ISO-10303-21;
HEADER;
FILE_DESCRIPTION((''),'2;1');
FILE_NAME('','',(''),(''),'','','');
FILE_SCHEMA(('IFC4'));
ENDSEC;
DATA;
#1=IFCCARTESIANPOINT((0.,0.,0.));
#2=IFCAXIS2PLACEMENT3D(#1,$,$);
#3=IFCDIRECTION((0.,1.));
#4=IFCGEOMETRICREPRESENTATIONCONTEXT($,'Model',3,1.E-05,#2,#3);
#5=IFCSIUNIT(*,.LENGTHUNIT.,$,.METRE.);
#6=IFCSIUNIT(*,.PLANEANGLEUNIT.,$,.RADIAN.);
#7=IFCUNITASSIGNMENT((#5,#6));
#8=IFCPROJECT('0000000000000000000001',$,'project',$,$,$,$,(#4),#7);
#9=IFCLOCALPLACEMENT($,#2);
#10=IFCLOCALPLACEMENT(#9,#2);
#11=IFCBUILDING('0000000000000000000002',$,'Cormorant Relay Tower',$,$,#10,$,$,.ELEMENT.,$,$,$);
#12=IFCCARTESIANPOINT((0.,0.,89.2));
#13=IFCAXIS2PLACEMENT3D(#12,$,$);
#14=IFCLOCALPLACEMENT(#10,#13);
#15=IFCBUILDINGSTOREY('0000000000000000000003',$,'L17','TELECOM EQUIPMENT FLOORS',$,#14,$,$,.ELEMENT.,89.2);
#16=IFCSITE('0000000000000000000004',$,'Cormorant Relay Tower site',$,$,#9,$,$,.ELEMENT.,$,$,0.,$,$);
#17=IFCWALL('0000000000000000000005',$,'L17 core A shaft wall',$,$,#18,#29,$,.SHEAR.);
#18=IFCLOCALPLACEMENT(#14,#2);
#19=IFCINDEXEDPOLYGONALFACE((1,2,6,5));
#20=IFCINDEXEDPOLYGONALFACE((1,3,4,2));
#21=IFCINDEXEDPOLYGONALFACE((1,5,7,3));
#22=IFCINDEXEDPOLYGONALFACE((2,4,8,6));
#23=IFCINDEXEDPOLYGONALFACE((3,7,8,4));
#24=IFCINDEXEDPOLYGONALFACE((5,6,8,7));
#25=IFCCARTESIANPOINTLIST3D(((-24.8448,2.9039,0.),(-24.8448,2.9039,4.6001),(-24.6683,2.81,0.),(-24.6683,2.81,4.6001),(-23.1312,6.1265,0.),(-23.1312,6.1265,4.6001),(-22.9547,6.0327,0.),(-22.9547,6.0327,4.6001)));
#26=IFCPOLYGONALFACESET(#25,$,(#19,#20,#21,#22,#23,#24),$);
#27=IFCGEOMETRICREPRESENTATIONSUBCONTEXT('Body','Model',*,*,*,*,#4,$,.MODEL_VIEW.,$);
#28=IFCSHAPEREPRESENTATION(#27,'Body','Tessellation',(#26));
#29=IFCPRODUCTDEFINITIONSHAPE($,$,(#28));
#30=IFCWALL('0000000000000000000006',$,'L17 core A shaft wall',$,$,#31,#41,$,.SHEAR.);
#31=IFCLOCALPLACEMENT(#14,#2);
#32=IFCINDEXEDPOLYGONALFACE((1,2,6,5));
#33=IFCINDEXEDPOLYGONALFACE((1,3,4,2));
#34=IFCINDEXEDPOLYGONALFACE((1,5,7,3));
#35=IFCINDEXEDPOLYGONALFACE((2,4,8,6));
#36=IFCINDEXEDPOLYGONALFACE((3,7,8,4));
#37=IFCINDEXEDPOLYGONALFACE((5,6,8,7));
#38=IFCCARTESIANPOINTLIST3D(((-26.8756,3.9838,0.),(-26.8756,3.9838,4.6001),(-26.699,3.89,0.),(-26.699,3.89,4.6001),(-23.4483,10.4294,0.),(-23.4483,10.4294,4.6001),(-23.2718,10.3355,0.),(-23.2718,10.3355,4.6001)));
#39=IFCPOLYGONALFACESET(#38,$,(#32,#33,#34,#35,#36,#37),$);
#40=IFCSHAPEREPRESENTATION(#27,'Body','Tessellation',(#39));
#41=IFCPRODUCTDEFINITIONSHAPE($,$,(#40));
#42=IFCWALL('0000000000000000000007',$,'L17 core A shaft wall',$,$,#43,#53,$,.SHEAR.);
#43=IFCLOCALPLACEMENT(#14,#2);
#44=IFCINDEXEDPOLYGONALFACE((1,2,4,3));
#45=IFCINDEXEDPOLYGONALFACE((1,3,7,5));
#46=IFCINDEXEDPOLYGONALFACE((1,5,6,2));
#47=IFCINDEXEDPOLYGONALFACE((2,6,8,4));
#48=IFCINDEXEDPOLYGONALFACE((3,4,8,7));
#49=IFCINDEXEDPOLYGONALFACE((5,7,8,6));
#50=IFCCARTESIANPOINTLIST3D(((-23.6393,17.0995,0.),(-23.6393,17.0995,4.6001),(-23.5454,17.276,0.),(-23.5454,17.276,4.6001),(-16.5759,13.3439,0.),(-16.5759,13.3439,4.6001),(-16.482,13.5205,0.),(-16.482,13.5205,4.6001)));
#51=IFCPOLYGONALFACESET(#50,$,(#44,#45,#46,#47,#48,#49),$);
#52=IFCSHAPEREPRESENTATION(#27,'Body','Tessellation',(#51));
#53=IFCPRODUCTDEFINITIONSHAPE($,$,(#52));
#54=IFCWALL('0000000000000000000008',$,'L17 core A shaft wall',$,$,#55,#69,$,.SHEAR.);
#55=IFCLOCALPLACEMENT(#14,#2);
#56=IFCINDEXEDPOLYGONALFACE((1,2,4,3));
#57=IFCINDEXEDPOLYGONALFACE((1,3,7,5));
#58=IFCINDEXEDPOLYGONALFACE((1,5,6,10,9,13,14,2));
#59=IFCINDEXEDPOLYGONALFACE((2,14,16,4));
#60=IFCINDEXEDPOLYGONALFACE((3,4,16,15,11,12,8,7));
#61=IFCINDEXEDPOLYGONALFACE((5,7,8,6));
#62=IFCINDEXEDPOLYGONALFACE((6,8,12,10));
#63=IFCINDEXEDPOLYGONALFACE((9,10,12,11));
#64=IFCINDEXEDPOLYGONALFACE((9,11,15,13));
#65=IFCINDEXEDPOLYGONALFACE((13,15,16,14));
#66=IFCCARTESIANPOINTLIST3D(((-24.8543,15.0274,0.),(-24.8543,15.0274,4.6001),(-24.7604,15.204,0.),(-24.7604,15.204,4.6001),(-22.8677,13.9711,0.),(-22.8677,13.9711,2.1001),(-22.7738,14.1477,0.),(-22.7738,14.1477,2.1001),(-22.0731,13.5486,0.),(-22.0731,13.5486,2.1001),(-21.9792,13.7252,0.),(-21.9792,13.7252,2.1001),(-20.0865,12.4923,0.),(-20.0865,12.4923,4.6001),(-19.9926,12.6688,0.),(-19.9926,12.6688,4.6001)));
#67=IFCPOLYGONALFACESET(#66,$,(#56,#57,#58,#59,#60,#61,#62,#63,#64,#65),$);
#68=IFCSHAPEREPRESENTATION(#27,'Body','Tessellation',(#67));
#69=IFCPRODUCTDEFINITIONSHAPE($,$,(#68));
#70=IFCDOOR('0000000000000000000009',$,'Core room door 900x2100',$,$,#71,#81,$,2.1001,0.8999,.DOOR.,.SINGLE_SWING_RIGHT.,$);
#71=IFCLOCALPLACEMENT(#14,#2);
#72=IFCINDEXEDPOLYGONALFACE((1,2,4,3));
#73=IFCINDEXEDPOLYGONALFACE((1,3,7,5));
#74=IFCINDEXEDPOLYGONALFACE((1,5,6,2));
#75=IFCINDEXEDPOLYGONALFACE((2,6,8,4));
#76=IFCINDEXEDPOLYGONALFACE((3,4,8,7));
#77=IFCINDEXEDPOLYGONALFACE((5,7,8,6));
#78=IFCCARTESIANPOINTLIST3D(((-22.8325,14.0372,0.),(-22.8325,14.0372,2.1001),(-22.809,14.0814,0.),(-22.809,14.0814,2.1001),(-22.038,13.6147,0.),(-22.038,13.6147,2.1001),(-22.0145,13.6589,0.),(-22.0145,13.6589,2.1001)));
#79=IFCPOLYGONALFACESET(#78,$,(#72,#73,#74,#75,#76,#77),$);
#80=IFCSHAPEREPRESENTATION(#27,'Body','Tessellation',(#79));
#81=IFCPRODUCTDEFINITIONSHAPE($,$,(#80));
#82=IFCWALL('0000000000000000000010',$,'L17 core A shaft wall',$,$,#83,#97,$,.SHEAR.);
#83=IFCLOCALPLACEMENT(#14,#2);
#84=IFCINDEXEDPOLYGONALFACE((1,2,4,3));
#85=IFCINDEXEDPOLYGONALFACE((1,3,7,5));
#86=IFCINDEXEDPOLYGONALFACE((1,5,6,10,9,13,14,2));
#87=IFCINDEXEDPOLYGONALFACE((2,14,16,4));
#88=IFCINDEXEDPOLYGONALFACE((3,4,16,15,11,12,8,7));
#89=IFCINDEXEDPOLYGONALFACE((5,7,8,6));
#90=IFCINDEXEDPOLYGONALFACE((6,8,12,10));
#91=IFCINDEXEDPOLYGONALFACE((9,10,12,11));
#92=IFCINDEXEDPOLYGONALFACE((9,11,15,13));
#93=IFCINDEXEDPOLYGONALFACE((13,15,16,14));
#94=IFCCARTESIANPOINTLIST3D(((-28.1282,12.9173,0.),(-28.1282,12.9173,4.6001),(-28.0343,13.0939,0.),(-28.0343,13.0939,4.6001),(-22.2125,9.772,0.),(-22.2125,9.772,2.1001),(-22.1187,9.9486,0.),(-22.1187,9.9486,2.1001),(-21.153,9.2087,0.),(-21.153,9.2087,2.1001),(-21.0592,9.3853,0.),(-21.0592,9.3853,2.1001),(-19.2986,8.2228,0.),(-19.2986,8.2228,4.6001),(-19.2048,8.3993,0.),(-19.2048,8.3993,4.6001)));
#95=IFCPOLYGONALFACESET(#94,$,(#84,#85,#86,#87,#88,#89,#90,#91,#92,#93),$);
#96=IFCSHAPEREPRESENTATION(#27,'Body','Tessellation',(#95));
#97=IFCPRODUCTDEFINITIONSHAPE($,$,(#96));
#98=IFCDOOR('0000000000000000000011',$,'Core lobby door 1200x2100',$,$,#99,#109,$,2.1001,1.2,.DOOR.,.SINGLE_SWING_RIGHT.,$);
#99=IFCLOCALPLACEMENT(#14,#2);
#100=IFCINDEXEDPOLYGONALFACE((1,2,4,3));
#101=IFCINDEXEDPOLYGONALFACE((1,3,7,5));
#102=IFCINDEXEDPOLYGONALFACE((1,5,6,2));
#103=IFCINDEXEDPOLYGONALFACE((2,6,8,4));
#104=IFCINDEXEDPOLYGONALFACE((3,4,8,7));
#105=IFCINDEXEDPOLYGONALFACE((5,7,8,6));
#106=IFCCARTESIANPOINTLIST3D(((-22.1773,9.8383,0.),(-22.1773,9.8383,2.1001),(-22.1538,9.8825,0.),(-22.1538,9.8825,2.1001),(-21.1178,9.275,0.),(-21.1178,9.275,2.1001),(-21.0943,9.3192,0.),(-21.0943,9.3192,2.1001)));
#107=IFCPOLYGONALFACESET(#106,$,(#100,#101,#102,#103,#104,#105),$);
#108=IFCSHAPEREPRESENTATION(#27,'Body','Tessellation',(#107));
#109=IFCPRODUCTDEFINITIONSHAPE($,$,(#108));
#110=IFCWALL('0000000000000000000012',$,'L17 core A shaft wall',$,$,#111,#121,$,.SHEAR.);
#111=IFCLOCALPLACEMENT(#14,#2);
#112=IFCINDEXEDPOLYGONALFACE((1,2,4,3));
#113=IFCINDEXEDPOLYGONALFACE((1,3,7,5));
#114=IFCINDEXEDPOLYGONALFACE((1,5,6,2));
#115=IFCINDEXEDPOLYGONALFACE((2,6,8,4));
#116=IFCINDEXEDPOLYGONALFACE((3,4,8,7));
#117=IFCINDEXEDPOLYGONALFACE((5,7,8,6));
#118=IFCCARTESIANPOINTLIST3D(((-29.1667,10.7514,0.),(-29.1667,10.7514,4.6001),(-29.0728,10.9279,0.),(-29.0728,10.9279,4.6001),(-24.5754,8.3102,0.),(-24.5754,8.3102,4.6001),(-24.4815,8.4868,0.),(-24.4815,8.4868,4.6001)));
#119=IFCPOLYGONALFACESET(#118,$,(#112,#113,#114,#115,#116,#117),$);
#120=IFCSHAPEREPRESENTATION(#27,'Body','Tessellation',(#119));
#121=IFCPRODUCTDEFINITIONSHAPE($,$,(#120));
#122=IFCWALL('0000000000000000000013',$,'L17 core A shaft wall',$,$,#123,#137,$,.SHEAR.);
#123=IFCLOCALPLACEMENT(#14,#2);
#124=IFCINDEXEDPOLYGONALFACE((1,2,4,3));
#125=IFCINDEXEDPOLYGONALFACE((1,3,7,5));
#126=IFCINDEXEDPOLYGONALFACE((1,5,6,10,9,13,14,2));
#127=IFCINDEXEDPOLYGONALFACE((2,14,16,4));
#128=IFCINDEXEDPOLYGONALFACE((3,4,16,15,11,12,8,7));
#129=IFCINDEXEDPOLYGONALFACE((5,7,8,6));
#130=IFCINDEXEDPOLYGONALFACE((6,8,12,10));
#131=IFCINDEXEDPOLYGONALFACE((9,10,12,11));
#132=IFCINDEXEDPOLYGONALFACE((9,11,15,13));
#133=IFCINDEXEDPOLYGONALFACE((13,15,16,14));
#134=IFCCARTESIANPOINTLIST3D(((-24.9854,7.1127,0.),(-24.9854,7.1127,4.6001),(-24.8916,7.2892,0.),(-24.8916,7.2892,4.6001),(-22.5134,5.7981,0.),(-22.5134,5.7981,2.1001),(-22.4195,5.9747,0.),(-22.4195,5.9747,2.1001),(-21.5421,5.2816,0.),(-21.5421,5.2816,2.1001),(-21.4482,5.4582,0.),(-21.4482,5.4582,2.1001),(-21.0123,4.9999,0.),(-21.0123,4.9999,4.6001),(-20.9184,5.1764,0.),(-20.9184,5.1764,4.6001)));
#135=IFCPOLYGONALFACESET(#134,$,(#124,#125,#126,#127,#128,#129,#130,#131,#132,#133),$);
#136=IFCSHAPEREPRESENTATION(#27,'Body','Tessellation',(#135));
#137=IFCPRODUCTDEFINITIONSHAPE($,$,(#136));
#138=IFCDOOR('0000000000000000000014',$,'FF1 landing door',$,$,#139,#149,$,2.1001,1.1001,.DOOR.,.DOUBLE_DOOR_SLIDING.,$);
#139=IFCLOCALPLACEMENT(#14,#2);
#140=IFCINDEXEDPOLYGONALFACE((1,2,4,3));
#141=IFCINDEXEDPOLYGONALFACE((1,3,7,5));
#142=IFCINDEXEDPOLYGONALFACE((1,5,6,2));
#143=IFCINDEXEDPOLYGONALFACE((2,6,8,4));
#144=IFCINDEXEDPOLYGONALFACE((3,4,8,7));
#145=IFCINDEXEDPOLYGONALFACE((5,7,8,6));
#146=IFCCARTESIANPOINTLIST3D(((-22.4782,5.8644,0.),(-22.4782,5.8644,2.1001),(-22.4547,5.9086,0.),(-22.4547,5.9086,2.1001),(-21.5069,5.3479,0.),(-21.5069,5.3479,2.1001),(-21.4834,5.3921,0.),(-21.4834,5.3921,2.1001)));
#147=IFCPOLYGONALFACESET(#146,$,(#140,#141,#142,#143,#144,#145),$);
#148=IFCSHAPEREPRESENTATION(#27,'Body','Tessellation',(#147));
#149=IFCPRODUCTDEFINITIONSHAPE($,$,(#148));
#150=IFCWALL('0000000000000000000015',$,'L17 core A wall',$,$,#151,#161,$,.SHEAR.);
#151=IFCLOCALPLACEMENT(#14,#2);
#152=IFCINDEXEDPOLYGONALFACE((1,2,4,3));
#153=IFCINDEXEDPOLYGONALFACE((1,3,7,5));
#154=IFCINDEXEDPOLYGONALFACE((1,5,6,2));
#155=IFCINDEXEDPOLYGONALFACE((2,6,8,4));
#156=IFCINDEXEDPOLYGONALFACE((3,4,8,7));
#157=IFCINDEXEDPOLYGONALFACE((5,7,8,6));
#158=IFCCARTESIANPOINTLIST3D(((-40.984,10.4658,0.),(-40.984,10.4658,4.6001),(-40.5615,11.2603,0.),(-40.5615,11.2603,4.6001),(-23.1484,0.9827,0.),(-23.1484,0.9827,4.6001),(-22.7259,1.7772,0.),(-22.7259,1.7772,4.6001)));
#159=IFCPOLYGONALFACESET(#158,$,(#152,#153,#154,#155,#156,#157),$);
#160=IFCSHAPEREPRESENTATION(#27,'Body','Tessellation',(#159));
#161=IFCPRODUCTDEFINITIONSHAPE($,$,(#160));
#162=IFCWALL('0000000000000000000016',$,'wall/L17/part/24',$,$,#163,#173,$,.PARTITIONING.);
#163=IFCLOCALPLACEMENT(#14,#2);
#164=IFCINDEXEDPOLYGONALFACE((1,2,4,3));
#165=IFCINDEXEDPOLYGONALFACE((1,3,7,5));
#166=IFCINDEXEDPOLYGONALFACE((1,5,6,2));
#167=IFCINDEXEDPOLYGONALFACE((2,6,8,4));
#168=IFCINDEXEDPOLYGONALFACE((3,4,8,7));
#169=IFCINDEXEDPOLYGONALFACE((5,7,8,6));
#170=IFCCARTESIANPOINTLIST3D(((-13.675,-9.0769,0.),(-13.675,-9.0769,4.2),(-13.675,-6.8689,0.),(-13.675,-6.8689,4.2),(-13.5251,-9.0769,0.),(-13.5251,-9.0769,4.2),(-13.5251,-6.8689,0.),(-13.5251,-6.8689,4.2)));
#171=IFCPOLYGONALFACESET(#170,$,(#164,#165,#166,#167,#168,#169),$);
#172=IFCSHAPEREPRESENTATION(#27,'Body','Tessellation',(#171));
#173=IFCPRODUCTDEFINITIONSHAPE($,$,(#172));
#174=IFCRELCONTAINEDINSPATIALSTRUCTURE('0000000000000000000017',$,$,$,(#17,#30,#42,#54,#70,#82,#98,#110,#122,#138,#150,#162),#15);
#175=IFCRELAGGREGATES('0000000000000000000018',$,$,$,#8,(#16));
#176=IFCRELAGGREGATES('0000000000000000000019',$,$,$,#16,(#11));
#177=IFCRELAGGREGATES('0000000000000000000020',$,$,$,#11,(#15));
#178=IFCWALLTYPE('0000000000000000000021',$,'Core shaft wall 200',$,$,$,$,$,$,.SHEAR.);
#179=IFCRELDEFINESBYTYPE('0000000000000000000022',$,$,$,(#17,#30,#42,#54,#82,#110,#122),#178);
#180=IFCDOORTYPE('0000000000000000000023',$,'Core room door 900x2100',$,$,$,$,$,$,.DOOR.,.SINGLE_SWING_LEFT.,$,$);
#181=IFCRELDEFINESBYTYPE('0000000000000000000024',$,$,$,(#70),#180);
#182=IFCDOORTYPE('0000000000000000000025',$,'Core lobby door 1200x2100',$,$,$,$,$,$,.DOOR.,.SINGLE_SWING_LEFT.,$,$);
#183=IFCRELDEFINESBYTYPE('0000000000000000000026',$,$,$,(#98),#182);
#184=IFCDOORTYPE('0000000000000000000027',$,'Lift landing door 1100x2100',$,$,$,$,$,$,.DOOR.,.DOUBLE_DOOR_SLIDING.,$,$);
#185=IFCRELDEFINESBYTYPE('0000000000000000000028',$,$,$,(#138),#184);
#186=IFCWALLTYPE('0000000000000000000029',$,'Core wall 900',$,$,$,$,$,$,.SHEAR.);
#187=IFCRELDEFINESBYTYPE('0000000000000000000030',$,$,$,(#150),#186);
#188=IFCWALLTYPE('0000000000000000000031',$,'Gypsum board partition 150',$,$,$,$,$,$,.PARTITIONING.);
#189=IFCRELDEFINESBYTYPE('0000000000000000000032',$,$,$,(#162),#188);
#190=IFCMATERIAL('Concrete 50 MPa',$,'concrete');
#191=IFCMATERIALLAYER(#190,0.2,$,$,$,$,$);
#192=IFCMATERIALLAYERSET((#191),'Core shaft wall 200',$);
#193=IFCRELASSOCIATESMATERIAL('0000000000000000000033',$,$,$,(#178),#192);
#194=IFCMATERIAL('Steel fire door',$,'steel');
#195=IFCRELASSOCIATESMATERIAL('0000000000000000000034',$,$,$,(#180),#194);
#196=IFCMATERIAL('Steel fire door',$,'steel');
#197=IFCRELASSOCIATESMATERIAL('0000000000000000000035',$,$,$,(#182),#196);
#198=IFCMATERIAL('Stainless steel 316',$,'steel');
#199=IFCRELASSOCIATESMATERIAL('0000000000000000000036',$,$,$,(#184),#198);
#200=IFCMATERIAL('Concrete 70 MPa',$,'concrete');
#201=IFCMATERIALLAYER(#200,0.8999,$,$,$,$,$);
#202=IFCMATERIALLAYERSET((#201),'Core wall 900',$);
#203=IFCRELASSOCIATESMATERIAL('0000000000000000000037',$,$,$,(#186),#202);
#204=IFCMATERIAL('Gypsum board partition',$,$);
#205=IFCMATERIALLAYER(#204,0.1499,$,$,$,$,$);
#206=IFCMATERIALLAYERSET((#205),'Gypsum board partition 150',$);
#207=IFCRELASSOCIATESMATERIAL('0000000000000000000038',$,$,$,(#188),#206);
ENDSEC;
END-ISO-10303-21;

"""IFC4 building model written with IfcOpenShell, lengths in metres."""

from ifc_helpers import new_model, si_unit, direction, frame, frame_2d, origin, place, context, subcontext, project, spatial, rectangle, extrude, material, layer, layer_set, type_object, element, fill, save


model = new_model("IFC4")

# Units and contexts
model_context = context("Model", 3, precision=1e-05, world=origin(), true_north=direction((0.0, 1.0)))
body_context = subcontext(model_context, "Body", "Model", "MODEL_VIEW")
ifc_project = project(units=[si_unit("LENGTHUNIT", "METRE"), si_unit("PLANEANGLEUNIT", "RADIAN")], contexts=[model_context])

# Site, building, storey
site_placement = place(None, origin())
site = spatial("IfcSite", under=ifc_project, at=site_placement, Name="Cormorant Relay Tower site", CompositionType="ELEMENT", RefElevation=0.0)
building_placement = place(site_placement, origin())
building = spatial("IfcBuilding", under=site, at=building_placement, Name="Cormorant Relay Tower", CompositionType="ELEMENT")
storey_placement = place(building_placement, frame((0.0, 0.0, 89.2)))
storey = spatial("IfcBuildingStorey", under=building, at=storey_placement, Name="L17", Description="TELECOM EQUIPMENT FLOORS", CompositionType="ELEMENT", Elevation=89.2)

# Walls
ifc_material_1 = material(Name="Concrete 50 MPa", Category="concrete")
ifc_layer_1 = layer(ifc_material_1, 0.2)
ifc_layer_set_1 = layer_set([ifc_layer_1], Name="Core shaft wall 200")
wall_type_1 = type_object("IfcWallType", Name="Core shaft wall 200", PredefinedType="SHEAR", material=ifc_layer_set_1)
wall_1_placement = place(storey_placement, frame((-23.043, 6.0796, 0.0), z_axis=(0.0, 0.0, 1.0), x_axis=(-0.469494, -0.882936, 0.0)))
element("IfcWall", 1, at=wall_1_placement, inside=storey, type_object=wall_type_1, Name="L17 core A shaft wall", PredefinedType="SHEAR", context=body_context, shape_type="SweptSolid", body=[
    extrude(rectangle(XDim=3.6499, YDim=0.2, at=frame_2d((1.825, 0.0))), origin(), (0.0, 0.0, 1.0), 4.6001),
])
wall_2_placement = place(storey_placement, frame((-23.3601, 10.3823, 0.0), z_axis=(0.0, 0.0, 1.0), x_axis=(-0.46948, -0.882943, 0.0)))
element("IfcWall", 2, at=wall_2_placement, inside=storey, type_object=wall_type_1, Name="L17 core A shaft wall", PredefinedType="SHEAR", context=body_context, shape_type="SweptSolid", body=[
    extrude(rectangle(XDim=7.3, YDim=0.2, at=frame_2d((3.6499, 0.0))), origin(), (0.0, 0.0, 1.0), 4.6001),
])
wall_3_placement = place(storey_placement, frame((-16.5288, 13.4321, 0.0), z_axis=(0.0, 0.0, 1.0), x_axis=(-0.882953, 0.469462, 0.0)))
element("IfcWall", 3, at=wall_3_placement, inside=storey, type_object=wall_type_1, Name="L17 core A shaft wall", PredefinedType="SHEAR", context=body_context, shape_type="SweptSolid", body=[
    extrude(rectangle(XDim=7.9998, YDim=0.2, at=frame_2d((4.0, 0.0))), origin(), (0.0, 0.0, 1.0), 4.6001),
])

# Walls, openings, doors
wall_4_placement = place(storey_placement, frame((-20.0396, 12.5806, 0.0), z_axis=(0.0, 0.0, 1.0), x_axis=(-0.882943, 0.46948, 0.0)))
wall_4 = element("IfcWall", 4, at=wall_4_placement, inside=storey, type_object=wall_type_1, Name="L17 core A shaft wall", PredefinedType="SHEAR", context=body_context, shape_type="SweptSolid", body=[
    extrude(rectangle(XDim=5.3999, YDim=0.2, at=frame_2d((2.7, 0.0))), origin(), (0.0, 0.0, 1.0), 4.6001),
])
opening_1_placement = place(wall_4_placement, frame((2.25, 0.0, 0.0)))
opening_1 = element("IfcOpeningElement", 5, at=opening_1_placement, cuts=wall_4, PredefinedType="OPENING", context=body_context, shape_type="SweptSolid", body=[
    extrude(rectangle(XDim=0.8999, YDim=2.1001, at=frame_2d((0.45, 1.05))), frame((0.0, 0.1099, 0.0), z_axis=(0.0, -1.0, 0.0), x_axis=(1.0, 0.0, 0.0)), (0.0, 0.0, 1.0), 0.22),
])
ifc_material_2 = material(Name="Steel fire door", Category="steel")
door_type_1 = type_object("IfcDoorType", Name="Core room door 900x2100", OperationType="SINGLE_SWING_LEFT", PredefinedType="DOOR", material=ifc_material_2)
door_1_placement = place(opening_1_placement, frame((0.8999, 0.0, 0.0), z_axis=(0.0, 0.0, 1.0), x_axis=(-1.0, 0.0, 0.0)))
door_1 = element("IfcDoor", 6, at=door_1_placement, inside=storey, type_object=door_type_1, Name="Core room door 900x2100", OperationType="SINGLE_SWING_RIGHT", OverallHeight=2.1001, OverallWidth=0.8999, PredefinedType="DOOR", context=body_context, shape_type="SweptSolid", body=[
    extrude(rectangle(XDim=0.8999, YDim=2.1001, at=frame_2d((0.45, 1.05))), frame((0.0, 0.0249, 0.0), z_axis=(0.0, -1.0, 0.0), x_axis=(1.0, 0.0, 0.0)), (0.0, 0.0, 1.0), 0.05),
])
fill(opening_1, door_1)
wall_5_placement = place(storey_placement, frame((-19.2517, 8.311, 0.0), z_axis=(0.0, 0.0, 1.0), x_axis=(-0.882956, 0.469456, 0.0)))
wall_5 = element("IfcWall", 7, at=wall_5_placement, inside=storey, type_object=wall_type_1, Name="L17 core A shaft wall", PredefinedType="SHEAR", context=body_context, shape_type="SweptSolid", body=[
    extrude(rectangle(XDim=10.0, YDim=0.2, at=frame_2d((5.0, 0.0))), origin(), (0.0, 0.0, 1.0), 4.6001),
])
opening_2_placement = place(wall_5_placement, frame((2.1001, 0.0, 0.0)))
opening_2 = element("IfcOpeningElement", 8, at=opening_2_placement, cuts=wall_5, PredefinedType="OPENING", context=body_context, shape_type="SweptSolid", body=[
    extrude(rectangle(XDim=1.2, YDim=2.1001, at=frame_2d((0.6001, 1.05))), frame((0.0, 0.1099, 0.0), z_axis=(0.0, -1.0, 0.0), x_axis=(1.0, 0.0, 0.0)), (0.0, 0.0, 1.0), 0.22),
])
ifc_material_3 = material(Name="Steel fire door", Category="steel")
door_type_2 = type_object("IfcDoorType", Name="Core lobby door 1200x2100", OperationType="SINGLE_SWING_LEFT", PredefinedType="DOOR", material=ifc_material_3)
door_2_placement = place(opening_2_placement, origin())
door_2 = element("IfcDoor", 9, at=door_2_placement, inside=storey, type_object=door_type_2, Name="Core lobby door 1200x2100", OperationType="SINGLE_SWING_RIGHT", OverallHeight=2.1001, OverallWidth=1.2, PredefinedType="DOOR", context=body_context, shape_type="SweptSolid", body=[
    extrude(rectangle(XDim=1.2, YDim=2.1001, at=frame_2d((0.6001, 1.05))), frame((0.0, 0.0249, 0.0), z_axis=(0.0, -1.0, 0.0), x_axis=(1.0, 0.0, 0.0)), (0.0, 0.0, 1.0), 0.05),
])
fill(opening_2, door_2)

# Wall
wall_6_placement = place(storey_placement, frame((-24.5283, 8.3984, 0.0), z_axis=(0.0, 0.0, 1.0), x_axis=(-0.882954, 0.46946, 0.0)))
element("IfcWall", 10, at=wall_6_placement, inside=storey, type_object=wall_type_1, Name="L17 core A shaft wall", PredefinedType="SHEAR", context=body_context, shape_type="SweptSolid", body=[
    extrude(rectangle(XDim=5.2, YDim=0.2, at=frame_2d((2.6001, 0.0))), origin(), (0.0, 0.0, 1.0), 4.6001),
])

# Wall, opening, door
wall_7_placement = place(storey_placement, frame((-20.9653, 5.0881, 0.0), z_axis=(0.0, 0.0, 1.0), x_axis=(-0.882926, 0.469512, 0.0)))
wall_7 = element("IfcWall", 11, at=wall_7_placement, inside=storey, type_object=wall_type_1, Name="L17 core A shaft wall", PredefinedType="SHEAR", context=body_context, shape_type="SweptSolid", body=[
    extrude(rectangle(XDim=4.5, YDim=0.2, at=frame_2d((2.25, 0.0))), origin(), (0.0, 0.0, 1.0), 4.6001),
])
opening_3_placement = place(wall_7_placement, frame((0.6001, 0.0, 0.0)))
opening_3 = element("IfcOpeningElement", 12, at=opening_3_placement, cuts=wall_7, PredefinedType="OPENING", context=body_context, shape_type="SweptSolid", body=[
    extrude(rectangle(XDim=1.1001, YDim=2.1001, at=frame_2d((0.55, 1.05))), frame((0.0, 0.1099, 0.0), z_axis=(0.0, -1.0, 0.0), x_axis=(1.0, 0.0, 0.0)), (0.0, 0.0, 1.0), 0.22),
])
ifc_material_4 = material(Name="Stainless steel 316", Category="steel")
door_type_3 = type_object("IfcDoorType", Name="Lift landing door 1100x2100", OperationType="DOUBLE_DOOR_SLIDING", PredefinedType="DOOR", material=ifc_material_4)
door_3_placement = place(opening_3_placement, origin())
door_3 = element("IfcDoor", 13, at=door_3_placement, inside=storey, type_object=door_type_3, Name="FF1 landing door", OperationType="DOUBLE_DOOR_SLIDING", OverallHeight=2.1001, OverallWidth=1.1001, PredefinedType="DOOR", context=body_context, shape_type="SweptSolid", body=[
    extrude(rectangle(XDim=1.1001, YDim=2.1001, at=frame_2d((0.55, 1.05))), frame((0.0, 0.0249, 0.0), z_axis=(0.0, -1.0, 0.0), x_axis=(1.0, 0.0, 0.0)), (0.0, 0.0, 1.0), 0.05),
])
fill(opening_3, door_3)

# Walls
ifc_material_5 = material(Name="Concrete 70 MPa", Category="concrete")
ifc_layer_2 = layer(ifc_material_5, 0.8999)
ifc_layer_set_2 = layer_set([ifc_layer_2], Name="Core wall 900")
wall_type_2 = type_object("IfcWallType", Name="Core wall 900", PredefinedType="SHEAR", material=ifc_layer_set_2)
wall_8_placement = place(storey_placement, frame((-22.937, 1.3799, 0.0), z_axis=(0.0, 0.0, 1.0), x_axis=(-0.882953, 0.469462, 0.0)))
element("IfcWall", 14, at=wall_8_placement, inside=storey, type_object=wall_type_2, Name="L17 core A wall", PredefinedType="SHEAR", context=body_context, shape_type="SweptSolid", body=[
    extrude(rectangle(XDim=20.2, YDim=0.8999, at=frame_2d((10.1001, 0.0))), origin(), (0.0, 0.0, 1.0), 4.6001),
])
ifc_material_6 = material(Name="Gypsum board partition")
ifc_layer_3 = layer(ifc_material_6, 0.1499)
ifc_layer_set_3 = layer_set([ifc_layer_3], Name="Gypsum board partition 150")
wall_type_3 = type_object("IfcWallType", Name="Gypsum board partition 150", PredefinedType="PARTITIONING", material=ifc_layer_set_3)
wall_9_placement = place(storey_placement, frame((-13.6001, -9.0769, 0.0), z_axis=(0.0, 0.0, 1.0), x_axis=(0.0, 1.0, 0.0)))
element("IfcWall", 15, at=wall_9_placement, inside=storey, type_object=wall_type_3, Name="wall/L17/part/24", PredefinedType="PARTITIONING", context=body_context, shape_type="SweptSolid", body=[
    extrude(rectangle(XDim=2.208, YDim=0.1499, at=frame_2d((1.104, 0.0))), origin(), (0.0, 0.0, 1.0), 4.2),
])

save(model, "model.ifc")
